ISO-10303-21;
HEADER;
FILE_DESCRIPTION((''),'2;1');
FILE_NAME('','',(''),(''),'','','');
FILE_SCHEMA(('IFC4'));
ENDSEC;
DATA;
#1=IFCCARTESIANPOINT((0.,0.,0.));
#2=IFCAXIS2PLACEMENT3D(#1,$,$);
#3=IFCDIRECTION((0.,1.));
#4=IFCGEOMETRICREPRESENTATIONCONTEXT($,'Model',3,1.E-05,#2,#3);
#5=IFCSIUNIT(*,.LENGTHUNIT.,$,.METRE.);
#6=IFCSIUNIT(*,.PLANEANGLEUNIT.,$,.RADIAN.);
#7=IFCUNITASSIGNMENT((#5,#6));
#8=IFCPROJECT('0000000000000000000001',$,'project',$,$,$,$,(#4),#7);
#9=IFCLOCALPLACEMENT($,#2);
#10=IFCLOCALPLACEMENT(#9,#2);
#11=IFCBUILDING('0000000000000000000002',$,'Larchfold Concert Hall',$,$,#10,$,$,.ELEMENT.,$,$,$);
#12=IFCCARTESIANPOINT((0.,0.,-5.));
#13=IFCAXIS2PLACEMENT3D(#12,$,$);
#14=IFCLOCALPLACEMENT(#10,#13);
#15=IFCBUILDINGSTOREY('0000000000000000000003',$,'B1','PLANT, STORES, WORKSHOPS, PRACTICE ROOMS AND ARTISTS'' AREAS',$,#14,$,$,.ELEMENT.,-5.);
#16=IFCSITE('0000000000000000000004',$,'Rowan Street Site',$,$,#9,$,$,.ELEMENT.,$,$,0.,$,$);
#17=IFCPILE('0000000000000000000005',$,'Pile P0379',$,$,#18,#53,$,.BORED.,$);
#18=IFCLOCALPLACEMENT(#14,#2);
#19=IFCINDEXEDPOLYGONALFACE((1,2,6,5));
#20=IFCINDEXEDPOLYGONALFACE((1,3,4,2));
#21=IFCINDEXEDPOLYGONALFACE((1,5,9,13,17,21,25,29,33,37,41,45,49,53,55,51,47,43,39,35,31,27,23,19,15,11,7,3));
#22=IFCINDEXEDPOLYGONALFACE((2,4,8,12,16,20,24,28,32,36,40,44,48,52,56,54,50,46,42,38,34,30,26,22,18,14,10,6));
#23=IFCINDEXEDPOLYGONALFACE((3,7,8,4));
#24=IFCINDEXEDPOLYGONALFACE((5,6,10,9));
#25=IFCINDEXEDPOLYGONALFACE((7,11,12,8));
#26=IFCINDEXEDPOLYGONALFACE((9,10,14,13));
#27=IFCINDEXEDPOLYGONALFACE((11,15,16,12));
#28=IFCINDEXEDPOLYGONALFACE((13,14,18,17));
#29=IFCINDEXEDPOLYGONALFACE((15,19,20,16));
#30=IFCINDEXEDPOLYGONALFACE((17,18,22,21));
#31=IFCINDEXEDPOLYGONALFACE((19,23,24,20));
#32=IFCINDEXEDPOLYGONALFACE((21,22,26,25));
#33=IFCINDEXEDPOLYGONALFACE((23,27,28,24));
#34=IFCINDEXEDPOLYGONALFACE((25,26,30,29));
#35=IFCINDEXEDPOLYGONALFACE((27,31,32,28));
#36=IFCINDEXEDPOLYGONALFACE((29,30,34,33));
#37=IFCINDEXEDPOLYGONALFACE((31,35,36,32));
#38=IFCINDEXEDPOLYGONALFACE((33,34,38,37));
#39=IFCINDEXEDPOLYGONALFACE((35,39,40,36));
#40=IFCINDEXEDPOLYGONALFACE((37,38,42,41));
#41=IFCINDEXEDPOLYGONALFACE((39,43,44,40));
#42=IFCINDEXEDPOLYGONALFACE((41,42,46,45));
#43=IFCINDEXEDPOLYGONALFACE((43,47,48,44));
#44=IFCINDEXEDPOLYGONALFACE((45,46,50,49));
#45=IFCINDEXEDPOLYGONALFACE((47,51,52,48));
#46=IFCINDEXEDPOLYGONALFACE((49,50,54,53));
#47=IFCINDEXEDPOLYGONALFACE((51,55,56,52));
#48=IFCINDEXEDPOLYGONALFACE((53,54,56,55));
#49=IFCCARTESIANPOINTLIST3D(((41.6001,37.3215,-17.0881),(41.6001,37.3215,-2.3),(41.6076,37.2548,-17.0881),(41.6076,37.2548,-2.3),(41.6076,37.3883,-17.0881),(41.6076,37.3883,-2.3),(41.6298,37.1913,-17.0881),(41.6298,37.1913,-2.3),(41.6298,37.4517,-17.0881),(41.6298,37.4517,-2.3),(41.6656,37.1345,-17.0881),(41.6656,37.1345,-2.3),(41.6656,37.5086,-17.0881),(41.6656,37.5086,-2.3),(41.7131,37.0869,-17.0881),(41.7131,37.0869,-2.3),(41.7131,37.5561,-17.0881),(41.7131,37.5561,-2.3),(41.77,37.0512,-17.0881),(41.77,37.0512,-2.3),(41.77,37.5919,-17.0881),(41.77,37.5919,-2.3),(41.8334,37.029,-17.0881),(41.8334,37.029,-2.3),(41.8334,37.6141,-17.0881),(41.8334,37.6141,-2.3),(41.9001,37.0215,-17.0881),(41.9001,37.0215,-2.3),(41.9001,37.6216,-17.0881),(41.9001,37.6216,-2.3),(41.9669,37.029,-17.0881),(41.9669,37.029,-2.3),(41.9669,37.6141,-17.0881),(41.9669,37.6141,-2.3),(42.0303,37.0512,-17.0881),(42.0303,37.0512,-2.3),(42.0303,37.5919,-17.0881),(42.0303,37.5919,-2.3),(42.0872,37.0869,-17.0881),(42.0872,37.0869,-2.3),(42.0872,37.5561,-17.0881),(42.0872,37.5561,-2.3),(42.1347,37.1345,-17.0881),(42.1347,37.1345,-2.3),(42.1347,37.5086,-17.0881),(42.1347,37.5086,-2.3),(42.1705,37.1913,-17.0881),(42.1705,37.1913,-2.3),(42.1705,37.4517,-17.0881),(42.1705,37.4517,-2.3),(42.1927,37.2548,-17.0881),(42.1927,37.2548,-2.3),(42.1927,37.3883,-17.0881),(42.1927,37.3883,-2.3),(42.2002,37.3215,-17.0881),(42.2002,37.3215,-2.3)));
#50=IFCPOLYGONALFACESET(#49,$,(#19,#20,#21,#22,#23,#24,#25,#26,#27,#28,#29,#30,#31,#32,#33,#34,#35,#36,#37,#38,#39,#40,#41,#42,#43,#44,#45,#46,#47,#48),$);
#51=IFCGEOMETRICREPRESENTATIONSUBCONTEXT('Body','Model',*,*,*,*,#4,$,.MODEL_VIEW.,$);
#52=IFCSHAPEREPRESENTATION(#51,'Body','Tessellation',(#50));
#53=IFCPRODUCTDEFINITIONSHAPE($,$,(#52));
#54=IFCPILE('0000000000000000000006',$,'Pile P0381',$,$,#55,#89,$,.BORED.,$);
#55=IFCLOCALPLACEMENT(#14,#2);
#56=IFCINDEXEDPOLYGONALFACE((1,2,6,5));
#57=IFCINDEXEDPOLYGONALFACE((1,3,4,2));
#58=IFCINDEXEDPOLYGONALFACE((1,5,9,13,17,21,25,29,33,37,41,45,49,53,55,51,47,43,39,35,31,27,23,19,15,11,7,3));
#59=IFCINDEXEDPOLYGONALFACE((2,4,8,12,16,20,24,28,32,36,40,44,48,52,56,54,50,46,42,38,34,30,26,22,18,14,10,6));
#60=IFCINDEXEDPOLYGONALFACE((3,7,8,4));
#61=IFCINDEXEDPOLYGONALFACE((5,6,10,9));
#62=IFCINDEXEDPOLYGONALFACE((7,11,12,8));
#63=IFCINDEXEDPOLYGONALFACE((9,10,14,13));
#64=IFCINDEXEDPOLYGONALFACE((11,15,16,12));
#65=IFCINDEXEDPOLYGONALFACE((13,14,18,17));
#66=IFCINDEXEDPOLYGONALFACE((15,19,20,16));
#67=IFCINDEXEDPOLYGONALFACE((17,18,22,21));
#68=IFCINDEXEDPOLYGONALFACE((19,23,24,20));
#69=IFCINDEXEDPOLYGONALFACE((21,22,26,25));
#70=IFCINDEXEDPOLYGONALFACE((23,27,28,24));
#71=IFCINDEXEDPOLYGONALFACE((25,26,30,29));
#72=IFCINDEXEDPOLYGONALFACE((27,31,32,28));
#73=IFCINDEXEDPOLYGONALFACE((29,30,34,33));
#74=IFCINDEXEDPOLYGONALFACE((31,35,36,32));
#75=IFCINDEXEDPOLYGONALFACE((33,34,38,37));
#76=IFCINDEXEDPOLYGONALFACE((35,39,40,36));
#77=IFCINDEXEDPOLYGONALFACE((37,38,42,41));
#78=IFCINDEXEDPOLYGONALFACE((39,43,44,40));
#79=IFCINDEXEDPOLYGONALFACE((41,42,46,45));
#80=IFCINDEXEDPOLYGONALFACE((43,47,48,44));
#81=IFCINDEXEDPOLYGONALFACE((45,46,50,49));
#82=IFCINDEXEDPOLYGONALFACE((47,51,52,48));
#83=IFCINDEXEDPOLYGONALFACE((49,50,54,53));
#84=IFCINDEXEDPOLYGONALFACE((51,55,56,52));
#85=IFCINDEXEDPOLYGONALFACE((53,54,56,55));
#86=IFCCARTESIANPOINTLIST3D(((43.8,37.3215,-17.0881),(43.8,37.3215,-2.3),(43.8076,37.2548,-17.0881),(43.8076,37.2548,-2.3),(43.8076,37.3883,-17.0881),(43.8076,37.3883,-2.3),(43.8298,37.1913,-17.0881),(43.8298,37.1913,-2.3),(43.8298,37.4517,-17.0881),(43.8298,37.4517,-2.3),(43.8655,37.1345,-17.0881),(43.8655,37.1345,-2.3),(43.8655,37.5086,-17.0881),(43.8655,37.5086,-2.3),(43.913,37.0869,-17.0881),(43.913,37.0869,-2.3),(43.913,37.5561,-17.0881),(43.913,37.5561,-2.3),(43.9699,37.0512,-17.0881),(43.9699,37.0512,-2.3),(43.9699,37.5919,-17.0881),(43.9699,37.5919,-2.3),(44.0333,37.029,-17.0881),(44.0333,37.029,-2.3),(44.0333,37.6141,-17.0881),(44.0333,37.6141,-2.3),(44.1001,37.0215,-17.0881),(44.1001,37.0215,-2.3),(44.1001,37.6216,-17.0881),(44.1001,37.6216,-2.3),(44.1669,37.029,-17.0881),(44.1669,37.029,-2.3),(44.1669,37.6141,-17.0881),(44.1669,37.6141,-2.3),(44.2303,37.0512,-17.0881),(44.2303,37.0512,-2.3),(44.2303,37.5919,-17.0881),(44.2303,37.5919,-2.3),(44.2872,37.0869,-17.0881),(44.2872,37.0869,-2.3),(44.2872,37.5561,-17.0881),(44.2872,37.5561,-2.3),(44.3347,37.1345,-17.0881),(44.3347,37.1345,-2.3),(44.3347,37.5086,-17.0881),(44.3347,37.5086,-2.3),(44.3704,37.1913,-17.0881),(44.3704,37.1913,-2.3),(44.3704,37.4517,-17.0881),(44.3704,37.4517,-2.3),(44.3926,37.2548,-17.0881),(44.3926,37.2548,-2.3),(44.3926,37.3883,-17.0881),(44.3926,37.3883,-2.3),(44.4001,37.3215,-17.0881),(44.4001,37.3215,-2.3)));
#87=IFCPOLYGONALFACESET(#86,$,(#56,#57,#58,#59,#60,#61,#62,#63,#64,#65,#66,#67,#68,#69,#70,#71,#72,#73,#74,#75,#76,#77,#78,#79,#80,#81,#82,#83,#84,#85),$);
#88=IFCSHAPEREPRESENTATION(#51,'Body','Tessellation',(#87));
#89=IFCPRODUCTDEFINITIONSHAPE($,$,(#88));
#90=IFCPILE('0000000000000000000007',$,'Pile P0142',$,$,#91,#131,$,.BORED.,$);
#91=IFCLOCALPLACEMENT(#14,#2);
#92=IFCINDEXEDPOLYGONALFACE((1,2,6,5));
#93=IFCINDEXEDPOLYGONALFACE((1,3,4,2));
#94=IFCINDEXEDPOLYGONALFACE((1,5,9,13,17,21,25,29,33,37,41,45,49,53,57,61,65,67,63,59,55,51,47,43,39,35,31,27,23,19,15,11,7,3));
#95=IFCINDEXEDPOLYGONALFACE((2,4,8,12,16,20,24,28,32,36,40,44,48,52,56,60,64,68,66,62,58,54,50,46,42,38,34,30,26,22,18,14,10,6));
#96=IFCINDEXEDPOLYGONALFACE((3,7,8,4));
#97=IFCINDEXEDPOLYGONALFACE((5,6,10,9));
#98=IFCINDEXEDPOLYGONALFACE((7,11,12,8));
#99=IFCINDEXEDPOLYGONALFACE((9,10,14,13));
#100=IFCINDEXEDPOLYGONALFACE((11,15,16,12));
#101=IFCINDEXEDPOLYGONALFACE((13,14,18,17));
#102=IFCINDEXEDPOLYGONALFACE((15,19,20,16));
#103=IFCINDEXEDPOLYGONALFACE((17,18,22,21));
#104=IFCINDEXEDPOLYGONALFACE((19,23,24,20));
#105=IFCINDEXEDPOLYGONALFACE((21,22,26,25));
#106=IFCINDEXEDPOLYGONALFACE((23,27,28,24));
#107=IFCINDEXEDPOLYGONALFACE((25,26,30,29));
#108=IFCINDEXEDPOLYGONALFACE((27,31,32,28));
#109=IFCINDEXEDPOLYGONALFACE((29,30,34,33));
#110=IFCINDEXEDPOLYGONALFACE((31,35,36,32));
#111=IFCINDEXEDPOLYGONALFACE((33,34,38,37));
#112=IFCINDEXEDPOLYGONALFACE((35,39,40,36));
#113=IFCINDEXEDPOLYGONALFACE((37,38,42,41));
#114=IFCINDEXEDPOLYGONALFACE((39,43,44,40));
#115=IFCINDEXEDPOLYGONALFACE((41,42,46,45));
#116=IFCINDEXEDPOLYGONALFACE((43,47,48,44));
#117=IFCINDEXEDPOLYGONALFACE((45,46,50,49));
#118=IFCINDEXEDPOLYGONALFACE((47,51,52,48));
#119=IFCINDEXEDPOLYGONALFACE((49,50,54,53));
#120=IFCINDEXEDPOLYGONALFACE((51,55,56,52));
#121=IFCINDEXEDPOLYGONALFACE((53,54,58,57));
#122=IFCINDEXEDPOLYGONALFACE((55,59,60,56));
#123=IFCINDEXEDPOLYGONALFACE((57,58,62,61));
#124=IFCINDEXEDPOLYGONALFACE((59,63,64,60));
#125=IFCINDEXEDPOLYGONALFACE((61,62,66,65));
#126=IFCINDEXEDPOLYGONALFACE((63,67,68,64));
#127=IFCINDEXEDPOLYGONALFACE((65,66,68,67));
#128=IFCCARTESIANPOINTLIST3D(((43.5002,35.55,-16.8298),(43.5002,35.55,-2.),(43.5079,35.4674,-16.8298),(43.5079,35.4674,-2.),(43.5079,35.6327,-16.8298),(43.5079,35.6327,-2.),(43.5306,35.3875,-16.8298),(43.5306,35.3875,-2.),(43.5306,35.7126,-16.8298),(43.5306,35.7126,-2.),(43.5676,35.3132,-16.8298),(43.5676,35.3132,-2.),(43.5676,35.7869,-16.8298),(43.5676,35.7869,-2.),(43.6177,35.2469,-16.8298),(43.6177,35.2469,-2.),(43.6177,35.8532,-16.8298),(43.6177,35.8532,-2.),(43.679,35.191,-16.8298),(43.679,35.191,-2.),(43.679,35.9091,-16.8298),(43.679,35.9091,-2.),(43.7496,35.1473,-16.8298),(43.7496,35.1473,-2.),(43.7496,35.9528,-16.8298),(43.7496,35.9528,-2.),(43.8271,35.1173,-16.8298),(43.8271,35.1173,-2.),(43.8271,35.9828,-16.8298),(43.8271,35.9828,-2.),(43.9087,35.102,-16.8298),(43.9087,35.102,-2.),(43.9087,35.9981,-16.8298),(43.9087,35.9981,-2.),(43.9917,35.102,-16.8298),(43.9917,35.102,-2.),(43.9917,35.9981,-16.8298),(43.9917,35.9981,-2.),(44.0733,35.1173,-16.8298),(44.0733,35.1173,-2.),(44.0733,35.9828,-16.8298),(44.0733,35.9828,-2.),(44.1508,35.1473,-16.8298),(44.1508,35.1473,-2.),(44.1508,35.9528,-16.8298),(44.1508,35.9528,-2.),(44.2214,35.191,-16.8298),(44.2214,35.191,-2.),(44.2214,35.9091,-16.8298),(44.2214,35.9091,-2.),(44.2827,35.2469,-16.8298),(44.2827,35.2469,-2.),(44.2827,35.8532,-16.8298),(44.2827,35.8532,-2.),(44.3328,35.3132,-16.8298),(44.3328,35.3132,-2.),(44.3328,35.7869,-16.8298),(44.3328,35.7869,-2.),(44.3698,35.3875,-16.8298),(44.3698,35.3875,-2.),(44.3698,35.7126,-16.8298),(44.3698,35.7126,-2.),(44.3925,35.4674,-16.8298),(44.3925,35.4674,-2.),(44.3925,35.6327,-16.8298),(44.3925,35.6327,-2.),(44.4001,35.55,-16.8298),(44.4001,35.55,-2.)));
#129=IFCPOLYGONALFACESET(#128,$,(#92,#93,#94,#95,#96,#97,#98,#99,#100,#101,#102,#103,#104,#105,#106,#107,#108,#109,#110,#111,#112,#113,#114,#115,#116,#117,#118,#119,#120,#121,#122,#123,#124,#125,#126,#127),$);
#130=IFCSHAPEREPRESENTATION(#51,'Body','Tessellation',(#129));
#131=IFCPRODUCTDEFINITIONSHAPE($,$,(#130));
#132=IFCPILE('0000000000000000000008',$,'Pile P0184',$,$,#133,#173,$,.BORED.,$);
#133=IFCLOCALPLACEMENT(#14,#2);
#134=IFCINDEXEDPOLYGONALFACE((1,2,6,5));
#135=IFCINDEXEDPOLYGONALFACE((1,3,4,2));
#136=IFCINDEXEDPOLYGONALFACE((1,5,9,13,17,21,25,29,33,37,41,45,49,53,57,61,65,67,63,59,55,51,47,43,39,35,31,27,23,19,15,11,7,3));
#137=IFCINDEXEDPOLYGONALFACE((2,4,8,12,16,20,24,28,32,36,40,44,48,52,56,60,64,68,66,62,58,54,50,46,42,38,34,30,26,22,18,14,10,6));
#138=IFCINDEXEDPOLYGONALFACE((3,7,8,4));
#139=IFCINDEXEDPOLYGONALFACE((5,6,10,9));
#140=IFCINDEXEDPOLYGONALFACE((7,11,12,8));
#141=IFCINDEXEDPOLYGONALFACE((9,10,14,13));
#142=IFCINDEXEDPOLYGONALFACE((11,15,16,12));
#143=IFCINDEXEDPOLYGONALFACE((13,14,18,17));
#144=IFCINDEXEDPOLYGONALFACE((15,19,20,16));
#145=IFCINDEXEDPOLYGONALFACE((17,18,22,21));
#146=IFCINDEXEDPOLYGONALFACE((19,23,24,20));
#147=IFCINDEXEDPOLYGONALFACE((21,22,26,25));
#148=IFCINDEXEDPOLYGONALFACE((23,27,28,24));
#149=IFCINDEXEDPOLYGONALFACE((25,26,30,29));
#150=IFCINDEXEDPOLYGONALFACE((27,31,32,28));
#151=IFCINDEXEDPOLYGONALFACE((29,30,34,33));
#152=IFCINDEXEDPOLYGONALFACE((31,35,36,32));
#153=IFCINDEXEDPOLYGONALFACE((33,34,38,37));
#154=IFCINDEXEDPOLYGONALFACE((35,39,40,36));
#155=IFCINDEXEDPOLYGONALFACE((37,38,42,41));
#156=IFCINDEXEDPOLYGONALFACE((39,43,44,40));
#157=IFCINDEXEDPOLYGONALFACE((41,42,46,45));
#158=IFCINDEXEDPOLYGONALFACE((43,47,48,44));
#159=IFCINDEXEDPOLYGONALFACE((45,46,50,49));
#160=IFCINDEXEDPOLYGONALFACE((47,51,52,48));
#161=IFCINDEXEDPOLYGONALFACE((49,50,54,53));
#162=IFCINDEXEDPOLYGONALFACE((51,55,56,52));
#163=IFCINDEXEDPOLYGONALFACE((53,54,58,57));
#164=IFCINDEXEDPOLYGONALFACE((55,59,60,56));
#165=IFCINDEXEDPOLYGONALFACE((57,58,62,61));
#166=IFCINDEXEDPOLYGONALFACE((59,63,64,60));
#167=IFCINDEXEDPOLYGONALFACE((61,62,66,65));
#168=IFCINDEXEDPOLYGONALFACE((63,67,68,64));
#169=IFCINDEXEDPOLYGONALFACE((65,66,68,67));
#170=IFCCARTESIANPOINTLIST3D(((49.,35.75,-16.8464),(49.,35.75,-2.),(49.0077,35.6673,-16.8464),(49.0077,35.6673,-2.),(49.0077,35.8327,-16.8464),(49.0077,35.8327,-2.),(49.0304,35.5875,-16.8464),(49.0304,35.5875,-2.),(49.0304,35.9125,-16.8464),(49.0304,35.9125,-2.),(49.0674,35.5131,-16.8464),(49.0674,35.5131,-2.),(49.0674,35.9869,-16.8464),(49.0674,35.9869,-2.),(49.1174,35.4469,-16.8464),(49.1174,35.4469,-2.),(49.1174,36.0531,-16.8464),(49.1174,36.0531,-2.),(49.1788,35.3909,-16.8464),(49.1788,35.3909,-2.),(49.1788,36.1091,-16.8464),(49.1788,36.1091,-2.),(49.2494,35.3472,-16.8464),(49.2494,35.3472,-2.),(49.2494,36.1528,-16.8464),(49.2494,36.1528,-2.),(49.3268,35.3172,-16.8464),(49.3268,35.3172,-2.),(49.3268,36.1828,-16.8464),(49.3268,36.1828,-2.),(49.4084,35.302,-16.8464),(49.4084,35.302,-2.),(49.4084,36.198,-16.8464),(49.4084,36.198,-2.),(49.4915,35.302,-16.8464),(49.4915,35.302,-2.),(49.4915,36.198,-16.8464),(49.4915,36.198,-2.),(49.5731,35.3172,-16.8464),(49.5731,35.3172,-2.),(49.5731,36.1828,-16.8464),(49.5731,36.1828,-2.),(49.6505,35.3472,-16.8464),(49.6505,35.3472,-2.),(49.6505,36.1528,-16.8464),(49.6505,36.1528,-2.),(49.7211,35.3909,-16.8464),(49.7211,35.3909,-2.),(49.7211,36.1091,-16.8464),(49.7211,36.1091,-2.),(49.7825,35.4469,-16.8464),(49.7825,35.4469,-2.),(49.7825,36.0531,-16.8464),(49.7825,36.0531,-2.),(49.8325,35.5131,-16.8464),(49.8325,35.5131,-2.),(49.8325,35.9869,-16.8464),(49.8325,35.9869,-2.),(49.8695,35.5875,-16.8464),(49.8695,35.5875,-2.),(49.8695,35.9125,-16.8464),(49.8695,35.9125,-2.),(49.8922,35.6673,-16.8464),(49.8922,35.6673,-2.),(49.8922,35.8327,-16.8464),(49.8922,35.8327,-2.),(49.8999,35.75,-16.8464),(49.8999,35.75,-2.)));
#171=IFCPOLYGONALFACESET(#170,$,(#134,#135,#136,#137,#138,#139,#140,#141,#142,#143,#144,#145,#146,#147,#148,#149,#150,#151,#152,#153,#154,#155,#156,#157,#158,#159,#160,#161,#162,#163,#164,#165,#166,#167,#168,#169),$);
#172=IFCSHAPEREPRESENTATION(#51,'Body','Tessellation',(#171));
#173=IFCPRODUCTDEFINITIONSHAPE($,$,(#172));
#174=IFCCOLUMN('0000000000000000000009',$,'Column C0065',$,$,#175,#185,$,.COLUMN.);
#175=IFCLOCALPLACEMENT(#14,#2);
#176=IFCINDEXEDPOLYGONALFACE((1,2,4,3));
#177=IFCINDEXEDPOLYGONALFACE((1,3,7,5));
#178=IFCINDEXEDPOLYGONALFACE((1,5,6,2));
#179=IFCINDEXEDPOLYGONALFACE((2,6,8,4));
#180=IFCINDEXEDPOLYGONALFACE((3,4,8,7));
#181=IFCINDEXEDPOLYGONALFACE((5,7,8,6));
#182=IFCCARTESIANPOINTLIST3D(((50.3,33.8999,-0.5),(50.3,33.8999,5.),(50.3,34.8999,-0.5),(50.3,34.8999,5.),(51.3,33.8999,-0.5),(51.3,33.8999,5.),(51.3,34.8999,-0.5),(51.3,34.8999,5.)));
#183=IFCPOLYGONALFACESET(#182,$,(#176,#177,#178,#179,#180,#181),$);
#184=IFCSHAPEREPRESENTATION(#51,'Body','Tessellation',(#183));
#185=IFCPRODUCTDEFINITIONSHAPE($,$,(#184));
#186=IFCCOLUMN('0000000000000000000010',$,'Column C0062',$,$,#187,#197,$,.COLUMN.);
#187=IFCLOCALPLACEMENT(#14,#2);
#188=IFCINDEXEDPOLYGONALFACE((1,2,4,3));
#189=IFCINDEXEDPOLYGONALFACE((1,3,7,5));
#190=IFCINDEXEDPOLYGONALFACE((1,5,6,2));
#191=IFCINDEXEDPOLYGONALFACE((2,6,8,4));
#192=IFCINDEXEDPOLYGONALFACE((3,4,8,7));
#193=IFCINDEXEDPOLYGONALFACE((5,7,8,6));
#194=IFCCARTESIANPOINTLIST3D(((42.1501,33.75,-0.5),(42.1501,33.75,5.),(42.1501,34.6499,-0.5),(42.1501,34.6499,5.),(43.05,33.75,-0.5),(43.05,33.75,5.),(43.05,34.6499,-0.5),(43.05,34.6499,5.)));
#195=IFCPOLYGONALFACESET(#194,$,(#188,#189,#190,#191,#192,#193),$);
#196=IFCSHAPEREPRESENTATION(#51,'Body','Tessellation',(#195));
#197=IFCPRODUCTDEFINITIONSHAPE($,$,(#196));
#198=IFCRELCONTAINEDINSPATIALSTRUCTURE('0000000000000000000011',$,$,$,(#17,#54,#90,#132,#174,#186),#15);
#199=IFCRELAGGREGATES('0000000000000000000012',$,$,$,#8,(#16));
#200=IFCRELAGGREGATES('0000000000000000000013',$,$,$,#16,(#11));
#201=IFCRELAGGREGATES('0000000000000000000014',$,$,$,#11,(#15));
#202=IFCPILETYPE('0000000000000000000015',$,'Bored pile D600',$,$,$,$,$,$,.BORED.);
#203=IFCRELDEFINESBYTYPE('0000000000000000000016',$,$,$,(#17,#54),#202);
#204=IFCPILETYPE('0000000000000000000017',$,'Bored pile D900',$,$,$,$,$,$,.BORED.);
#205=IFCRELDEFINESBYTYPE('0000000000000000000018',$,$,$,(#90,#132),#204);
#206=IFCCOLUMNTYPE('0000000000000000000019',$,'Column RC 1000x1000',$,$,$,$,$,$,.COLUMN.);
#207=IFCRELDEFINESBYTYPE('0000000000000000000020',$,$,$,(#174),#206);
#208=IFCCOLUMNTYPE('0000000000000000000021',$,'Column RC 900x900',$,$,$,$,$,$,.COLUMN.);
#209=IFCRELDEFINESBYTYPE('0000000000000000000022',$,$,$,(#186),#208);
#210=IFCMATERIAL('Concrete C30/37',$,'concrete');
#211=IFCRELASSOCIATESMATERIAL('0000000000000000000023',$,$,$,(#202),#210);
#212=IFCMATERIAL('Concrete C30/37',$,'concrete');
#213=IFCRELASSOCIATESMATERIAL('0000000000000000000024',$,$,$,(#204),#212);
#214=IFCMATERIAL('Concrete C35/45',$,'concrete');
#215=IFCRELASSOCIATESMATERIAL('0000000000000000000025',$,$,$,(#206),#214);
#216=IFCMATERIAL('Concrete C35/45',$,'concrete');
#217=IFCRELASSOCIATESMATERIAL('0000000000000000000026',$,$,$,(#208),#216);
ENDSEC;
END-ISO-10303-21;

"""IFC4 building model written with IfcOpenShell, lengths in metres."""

from ifc_helpers import new_model, si_unit, direction, frame, origin, origin_2d, place, context, subcontext, project, spatial, rectangle, circle, extrude, material, material_profile, profile_set, type_object, element, save


model = new_model("IFC4")

# Units and contexts
model_context = context("Model", 3, precision=1e-05, world=origin(), true_north=direction((0.0, 1.0)))
body_context = subcontext(model_context, "Body", "Model", "MODEL_VIEW")
ifc_project = project(units=[si_unit("LENGTHUNIT", "METRE"), si_unit("PLANEANGLEUNIT", "RADIAN")], contexts=[model_context])

# Site, building, storey
site_placement = place(None, origin())
site = spatial("IfcSite", under=ifc_project, at=site_placement, Name="Rowan Street Site", CompositionType="ELEMENT", RefElevation=0.0)
building_placement = place(site_placement, origin())
building = spatial("IfcBuilding", under=site, at=building_placement, Name="Larchfold Concert Hall", CompositionType="ELEMENT")
storey_placement = place(building_placement, frame((0.0, 0.0, -5.0)))
storey = spatial("IfcBuildingStorey", under=building, at=storey_placement, Name="B1", Description="PLANT, STORES, WORKSHOPS, PRACTICE ROOMS AND ARTISTS' AREAS", CompositionType="ELEMENT", Elevation=-5.0)

# Piles
ifc_material_1 = material(Name="Concrete C30/37", Category="concrete")
ifc_material_profile_1 = material_profile(ifc_material_1, circle(Radius=0.3, at=origin_2d()))
ifc_profile_set_1 = profile_set([ifc_material_profile_1], Name="Concrete C30/37")
pile_type_1 = type_object("IfcPileType", Name="Bored pile D600", PredefinedType="BORED", material=ifc_profile_set_1)
for number, where, z_axis, x_axis, name in (
    (1, (41.9001, 37.3215, -2.3), (0.0, 0.0, -1.0), (1.0, 0.0, 0.0), "Pile P0379"),
    (2, (44.1001, 37.3215, -2.3), (0.0, 0.0, -1.0), (1.0, 0.0, 0.0), "Pile P0381"),
):
    element("IfcPile", number, at=place(storey_placement, frame(where, z_axis=z_axis, x_axis=x_axis)), inside=storey, type_object=pile_type_1, Name=name, PredefinedType="BORED", context=body_context, shape_type="SweptSolid", body=[
        extrude(circle(Radius=0.3, at=origin_2d()), origin(), (0.0, 0.0, 1.0), 14.7881),
    ])
ifc_material_2 = material(Name="Concrete C30/37", Category="concrete")
ifc_material_profile_2 = material_profile(ifc_material_2, circle(Radius=0.45, at=origin_2d()))
ifc_profile_set_2 = profile_set([ifc_material_profile_2], Name="Concrete C30/37")
pile_type_2 = type_object("IfcPileType", Name="Bored pile D900", PredefinedType="BORED", material=ifc_profile_set_2)
pile_1_placement = place(storey_placement, frame((43.9502, 35.55, -2.0), z_axis=(0.0, 0.0, -1.0), x_axis=(1.0, 0.0, 0.0)))
element("IfcPile", 3, at=pile_1_placement, inside=storey, type_object=pile_type_2, Name="Pile P0142", PredefinedType="BORED", context=body_context, shape_type="SweptSolid", body=[
    extrude(circle(Radius=0.45, at=origin_2d()), origin(), (0.0, 0.0, 1.0), 14.8298),
])
pile_2_placement = place(storey_placement, frame((49.45, 35.75, -2.0), z_axis=(0.0, 0.0, -1.0), x_axis=(1.0, 0.0, 0.0)))
element("IfcPile", 4, at=pile_2_placement, inside=storey, type_object=pile_type_2, Name="Pile P0184", PredefinedType="BORED", context=body_context, shape_type="SweptSolid", body=[
    extrude(circle(Radius=0.45, at=origin_2d()), origin(), (0.0, 0.0, 1.0), 14.8464),
])

# Columns
ifc_material_3 = material(Name="Concrete C35/45", Category="concrete")
ifc_material_profile_3 = material_profile(ifc_material_3, rectangle(XDim=1.0, YDim=1.0, at=origin_2d()))
ifc_profile_set_3 = profile_set([ifc_material_profile_3], Name="Concrete C35/45")
column_type_1 = type_object("IfcColumnType", Name="Column RC 1000x1000", PredefinedType="COLUMN", material=ifc_profile_set_3)
column_1_placement = place(storey_placement, frame((50.8, 34.3999, -0.5), z_axis=(0.0, 0.0, 1.0), x_axis=(1.0, 0.0, 0.0)))
element("IfcColumn", 5, at=column_1_placement, inside=storey, type_object=column_type_1, Name="Column C0065", PredefinedType="COLUMN", context=body_context, shape_type="SweptSolid", body=[
    extrude(rectangle(XDim=1.0, YDim=1.0, at=origin_2d()), origin(), (0.0, 0.0, 1.0), 5.5),
])
ifc_material_4 = material(Name="Concrete C35/45", Category="concrete")
ifc_material_profile_4 = material_profile(ifc_material_4, rectangle(XDim=0.8999, YDim=0.8999, at=origin_2d()))
ifc_profile_set_4 = profile_set([ifc_material_profile_4], Name="Concrete C35/45")
column_type_2 = type_object("IfcColumnType", Name="Column RC 900x900", PredefinedType="COLUMN", material=ifc_profile_set_4)
column_2_placement = place(storey_placement, frame((42.6001, 34.2, -0.5), z_axis=(0.0, 0.0, 1.0), x_axis=(1.0, 0.0, 0.0)))
element("IfcColumn", 6, at=column_2_placement, inside=storey, type_object=column_type_2, Name="Column C0062", PredefinedType="COLUMN", context=body_context, shape_type="SweptSolid", body=[
    extrude(rectangle(XDim=0.8999, YDim=0.8999, at=origin_2d()), origin(), (0.0, 0.0, 1.0), 5.5),
])

save(model, "model.ifc")
